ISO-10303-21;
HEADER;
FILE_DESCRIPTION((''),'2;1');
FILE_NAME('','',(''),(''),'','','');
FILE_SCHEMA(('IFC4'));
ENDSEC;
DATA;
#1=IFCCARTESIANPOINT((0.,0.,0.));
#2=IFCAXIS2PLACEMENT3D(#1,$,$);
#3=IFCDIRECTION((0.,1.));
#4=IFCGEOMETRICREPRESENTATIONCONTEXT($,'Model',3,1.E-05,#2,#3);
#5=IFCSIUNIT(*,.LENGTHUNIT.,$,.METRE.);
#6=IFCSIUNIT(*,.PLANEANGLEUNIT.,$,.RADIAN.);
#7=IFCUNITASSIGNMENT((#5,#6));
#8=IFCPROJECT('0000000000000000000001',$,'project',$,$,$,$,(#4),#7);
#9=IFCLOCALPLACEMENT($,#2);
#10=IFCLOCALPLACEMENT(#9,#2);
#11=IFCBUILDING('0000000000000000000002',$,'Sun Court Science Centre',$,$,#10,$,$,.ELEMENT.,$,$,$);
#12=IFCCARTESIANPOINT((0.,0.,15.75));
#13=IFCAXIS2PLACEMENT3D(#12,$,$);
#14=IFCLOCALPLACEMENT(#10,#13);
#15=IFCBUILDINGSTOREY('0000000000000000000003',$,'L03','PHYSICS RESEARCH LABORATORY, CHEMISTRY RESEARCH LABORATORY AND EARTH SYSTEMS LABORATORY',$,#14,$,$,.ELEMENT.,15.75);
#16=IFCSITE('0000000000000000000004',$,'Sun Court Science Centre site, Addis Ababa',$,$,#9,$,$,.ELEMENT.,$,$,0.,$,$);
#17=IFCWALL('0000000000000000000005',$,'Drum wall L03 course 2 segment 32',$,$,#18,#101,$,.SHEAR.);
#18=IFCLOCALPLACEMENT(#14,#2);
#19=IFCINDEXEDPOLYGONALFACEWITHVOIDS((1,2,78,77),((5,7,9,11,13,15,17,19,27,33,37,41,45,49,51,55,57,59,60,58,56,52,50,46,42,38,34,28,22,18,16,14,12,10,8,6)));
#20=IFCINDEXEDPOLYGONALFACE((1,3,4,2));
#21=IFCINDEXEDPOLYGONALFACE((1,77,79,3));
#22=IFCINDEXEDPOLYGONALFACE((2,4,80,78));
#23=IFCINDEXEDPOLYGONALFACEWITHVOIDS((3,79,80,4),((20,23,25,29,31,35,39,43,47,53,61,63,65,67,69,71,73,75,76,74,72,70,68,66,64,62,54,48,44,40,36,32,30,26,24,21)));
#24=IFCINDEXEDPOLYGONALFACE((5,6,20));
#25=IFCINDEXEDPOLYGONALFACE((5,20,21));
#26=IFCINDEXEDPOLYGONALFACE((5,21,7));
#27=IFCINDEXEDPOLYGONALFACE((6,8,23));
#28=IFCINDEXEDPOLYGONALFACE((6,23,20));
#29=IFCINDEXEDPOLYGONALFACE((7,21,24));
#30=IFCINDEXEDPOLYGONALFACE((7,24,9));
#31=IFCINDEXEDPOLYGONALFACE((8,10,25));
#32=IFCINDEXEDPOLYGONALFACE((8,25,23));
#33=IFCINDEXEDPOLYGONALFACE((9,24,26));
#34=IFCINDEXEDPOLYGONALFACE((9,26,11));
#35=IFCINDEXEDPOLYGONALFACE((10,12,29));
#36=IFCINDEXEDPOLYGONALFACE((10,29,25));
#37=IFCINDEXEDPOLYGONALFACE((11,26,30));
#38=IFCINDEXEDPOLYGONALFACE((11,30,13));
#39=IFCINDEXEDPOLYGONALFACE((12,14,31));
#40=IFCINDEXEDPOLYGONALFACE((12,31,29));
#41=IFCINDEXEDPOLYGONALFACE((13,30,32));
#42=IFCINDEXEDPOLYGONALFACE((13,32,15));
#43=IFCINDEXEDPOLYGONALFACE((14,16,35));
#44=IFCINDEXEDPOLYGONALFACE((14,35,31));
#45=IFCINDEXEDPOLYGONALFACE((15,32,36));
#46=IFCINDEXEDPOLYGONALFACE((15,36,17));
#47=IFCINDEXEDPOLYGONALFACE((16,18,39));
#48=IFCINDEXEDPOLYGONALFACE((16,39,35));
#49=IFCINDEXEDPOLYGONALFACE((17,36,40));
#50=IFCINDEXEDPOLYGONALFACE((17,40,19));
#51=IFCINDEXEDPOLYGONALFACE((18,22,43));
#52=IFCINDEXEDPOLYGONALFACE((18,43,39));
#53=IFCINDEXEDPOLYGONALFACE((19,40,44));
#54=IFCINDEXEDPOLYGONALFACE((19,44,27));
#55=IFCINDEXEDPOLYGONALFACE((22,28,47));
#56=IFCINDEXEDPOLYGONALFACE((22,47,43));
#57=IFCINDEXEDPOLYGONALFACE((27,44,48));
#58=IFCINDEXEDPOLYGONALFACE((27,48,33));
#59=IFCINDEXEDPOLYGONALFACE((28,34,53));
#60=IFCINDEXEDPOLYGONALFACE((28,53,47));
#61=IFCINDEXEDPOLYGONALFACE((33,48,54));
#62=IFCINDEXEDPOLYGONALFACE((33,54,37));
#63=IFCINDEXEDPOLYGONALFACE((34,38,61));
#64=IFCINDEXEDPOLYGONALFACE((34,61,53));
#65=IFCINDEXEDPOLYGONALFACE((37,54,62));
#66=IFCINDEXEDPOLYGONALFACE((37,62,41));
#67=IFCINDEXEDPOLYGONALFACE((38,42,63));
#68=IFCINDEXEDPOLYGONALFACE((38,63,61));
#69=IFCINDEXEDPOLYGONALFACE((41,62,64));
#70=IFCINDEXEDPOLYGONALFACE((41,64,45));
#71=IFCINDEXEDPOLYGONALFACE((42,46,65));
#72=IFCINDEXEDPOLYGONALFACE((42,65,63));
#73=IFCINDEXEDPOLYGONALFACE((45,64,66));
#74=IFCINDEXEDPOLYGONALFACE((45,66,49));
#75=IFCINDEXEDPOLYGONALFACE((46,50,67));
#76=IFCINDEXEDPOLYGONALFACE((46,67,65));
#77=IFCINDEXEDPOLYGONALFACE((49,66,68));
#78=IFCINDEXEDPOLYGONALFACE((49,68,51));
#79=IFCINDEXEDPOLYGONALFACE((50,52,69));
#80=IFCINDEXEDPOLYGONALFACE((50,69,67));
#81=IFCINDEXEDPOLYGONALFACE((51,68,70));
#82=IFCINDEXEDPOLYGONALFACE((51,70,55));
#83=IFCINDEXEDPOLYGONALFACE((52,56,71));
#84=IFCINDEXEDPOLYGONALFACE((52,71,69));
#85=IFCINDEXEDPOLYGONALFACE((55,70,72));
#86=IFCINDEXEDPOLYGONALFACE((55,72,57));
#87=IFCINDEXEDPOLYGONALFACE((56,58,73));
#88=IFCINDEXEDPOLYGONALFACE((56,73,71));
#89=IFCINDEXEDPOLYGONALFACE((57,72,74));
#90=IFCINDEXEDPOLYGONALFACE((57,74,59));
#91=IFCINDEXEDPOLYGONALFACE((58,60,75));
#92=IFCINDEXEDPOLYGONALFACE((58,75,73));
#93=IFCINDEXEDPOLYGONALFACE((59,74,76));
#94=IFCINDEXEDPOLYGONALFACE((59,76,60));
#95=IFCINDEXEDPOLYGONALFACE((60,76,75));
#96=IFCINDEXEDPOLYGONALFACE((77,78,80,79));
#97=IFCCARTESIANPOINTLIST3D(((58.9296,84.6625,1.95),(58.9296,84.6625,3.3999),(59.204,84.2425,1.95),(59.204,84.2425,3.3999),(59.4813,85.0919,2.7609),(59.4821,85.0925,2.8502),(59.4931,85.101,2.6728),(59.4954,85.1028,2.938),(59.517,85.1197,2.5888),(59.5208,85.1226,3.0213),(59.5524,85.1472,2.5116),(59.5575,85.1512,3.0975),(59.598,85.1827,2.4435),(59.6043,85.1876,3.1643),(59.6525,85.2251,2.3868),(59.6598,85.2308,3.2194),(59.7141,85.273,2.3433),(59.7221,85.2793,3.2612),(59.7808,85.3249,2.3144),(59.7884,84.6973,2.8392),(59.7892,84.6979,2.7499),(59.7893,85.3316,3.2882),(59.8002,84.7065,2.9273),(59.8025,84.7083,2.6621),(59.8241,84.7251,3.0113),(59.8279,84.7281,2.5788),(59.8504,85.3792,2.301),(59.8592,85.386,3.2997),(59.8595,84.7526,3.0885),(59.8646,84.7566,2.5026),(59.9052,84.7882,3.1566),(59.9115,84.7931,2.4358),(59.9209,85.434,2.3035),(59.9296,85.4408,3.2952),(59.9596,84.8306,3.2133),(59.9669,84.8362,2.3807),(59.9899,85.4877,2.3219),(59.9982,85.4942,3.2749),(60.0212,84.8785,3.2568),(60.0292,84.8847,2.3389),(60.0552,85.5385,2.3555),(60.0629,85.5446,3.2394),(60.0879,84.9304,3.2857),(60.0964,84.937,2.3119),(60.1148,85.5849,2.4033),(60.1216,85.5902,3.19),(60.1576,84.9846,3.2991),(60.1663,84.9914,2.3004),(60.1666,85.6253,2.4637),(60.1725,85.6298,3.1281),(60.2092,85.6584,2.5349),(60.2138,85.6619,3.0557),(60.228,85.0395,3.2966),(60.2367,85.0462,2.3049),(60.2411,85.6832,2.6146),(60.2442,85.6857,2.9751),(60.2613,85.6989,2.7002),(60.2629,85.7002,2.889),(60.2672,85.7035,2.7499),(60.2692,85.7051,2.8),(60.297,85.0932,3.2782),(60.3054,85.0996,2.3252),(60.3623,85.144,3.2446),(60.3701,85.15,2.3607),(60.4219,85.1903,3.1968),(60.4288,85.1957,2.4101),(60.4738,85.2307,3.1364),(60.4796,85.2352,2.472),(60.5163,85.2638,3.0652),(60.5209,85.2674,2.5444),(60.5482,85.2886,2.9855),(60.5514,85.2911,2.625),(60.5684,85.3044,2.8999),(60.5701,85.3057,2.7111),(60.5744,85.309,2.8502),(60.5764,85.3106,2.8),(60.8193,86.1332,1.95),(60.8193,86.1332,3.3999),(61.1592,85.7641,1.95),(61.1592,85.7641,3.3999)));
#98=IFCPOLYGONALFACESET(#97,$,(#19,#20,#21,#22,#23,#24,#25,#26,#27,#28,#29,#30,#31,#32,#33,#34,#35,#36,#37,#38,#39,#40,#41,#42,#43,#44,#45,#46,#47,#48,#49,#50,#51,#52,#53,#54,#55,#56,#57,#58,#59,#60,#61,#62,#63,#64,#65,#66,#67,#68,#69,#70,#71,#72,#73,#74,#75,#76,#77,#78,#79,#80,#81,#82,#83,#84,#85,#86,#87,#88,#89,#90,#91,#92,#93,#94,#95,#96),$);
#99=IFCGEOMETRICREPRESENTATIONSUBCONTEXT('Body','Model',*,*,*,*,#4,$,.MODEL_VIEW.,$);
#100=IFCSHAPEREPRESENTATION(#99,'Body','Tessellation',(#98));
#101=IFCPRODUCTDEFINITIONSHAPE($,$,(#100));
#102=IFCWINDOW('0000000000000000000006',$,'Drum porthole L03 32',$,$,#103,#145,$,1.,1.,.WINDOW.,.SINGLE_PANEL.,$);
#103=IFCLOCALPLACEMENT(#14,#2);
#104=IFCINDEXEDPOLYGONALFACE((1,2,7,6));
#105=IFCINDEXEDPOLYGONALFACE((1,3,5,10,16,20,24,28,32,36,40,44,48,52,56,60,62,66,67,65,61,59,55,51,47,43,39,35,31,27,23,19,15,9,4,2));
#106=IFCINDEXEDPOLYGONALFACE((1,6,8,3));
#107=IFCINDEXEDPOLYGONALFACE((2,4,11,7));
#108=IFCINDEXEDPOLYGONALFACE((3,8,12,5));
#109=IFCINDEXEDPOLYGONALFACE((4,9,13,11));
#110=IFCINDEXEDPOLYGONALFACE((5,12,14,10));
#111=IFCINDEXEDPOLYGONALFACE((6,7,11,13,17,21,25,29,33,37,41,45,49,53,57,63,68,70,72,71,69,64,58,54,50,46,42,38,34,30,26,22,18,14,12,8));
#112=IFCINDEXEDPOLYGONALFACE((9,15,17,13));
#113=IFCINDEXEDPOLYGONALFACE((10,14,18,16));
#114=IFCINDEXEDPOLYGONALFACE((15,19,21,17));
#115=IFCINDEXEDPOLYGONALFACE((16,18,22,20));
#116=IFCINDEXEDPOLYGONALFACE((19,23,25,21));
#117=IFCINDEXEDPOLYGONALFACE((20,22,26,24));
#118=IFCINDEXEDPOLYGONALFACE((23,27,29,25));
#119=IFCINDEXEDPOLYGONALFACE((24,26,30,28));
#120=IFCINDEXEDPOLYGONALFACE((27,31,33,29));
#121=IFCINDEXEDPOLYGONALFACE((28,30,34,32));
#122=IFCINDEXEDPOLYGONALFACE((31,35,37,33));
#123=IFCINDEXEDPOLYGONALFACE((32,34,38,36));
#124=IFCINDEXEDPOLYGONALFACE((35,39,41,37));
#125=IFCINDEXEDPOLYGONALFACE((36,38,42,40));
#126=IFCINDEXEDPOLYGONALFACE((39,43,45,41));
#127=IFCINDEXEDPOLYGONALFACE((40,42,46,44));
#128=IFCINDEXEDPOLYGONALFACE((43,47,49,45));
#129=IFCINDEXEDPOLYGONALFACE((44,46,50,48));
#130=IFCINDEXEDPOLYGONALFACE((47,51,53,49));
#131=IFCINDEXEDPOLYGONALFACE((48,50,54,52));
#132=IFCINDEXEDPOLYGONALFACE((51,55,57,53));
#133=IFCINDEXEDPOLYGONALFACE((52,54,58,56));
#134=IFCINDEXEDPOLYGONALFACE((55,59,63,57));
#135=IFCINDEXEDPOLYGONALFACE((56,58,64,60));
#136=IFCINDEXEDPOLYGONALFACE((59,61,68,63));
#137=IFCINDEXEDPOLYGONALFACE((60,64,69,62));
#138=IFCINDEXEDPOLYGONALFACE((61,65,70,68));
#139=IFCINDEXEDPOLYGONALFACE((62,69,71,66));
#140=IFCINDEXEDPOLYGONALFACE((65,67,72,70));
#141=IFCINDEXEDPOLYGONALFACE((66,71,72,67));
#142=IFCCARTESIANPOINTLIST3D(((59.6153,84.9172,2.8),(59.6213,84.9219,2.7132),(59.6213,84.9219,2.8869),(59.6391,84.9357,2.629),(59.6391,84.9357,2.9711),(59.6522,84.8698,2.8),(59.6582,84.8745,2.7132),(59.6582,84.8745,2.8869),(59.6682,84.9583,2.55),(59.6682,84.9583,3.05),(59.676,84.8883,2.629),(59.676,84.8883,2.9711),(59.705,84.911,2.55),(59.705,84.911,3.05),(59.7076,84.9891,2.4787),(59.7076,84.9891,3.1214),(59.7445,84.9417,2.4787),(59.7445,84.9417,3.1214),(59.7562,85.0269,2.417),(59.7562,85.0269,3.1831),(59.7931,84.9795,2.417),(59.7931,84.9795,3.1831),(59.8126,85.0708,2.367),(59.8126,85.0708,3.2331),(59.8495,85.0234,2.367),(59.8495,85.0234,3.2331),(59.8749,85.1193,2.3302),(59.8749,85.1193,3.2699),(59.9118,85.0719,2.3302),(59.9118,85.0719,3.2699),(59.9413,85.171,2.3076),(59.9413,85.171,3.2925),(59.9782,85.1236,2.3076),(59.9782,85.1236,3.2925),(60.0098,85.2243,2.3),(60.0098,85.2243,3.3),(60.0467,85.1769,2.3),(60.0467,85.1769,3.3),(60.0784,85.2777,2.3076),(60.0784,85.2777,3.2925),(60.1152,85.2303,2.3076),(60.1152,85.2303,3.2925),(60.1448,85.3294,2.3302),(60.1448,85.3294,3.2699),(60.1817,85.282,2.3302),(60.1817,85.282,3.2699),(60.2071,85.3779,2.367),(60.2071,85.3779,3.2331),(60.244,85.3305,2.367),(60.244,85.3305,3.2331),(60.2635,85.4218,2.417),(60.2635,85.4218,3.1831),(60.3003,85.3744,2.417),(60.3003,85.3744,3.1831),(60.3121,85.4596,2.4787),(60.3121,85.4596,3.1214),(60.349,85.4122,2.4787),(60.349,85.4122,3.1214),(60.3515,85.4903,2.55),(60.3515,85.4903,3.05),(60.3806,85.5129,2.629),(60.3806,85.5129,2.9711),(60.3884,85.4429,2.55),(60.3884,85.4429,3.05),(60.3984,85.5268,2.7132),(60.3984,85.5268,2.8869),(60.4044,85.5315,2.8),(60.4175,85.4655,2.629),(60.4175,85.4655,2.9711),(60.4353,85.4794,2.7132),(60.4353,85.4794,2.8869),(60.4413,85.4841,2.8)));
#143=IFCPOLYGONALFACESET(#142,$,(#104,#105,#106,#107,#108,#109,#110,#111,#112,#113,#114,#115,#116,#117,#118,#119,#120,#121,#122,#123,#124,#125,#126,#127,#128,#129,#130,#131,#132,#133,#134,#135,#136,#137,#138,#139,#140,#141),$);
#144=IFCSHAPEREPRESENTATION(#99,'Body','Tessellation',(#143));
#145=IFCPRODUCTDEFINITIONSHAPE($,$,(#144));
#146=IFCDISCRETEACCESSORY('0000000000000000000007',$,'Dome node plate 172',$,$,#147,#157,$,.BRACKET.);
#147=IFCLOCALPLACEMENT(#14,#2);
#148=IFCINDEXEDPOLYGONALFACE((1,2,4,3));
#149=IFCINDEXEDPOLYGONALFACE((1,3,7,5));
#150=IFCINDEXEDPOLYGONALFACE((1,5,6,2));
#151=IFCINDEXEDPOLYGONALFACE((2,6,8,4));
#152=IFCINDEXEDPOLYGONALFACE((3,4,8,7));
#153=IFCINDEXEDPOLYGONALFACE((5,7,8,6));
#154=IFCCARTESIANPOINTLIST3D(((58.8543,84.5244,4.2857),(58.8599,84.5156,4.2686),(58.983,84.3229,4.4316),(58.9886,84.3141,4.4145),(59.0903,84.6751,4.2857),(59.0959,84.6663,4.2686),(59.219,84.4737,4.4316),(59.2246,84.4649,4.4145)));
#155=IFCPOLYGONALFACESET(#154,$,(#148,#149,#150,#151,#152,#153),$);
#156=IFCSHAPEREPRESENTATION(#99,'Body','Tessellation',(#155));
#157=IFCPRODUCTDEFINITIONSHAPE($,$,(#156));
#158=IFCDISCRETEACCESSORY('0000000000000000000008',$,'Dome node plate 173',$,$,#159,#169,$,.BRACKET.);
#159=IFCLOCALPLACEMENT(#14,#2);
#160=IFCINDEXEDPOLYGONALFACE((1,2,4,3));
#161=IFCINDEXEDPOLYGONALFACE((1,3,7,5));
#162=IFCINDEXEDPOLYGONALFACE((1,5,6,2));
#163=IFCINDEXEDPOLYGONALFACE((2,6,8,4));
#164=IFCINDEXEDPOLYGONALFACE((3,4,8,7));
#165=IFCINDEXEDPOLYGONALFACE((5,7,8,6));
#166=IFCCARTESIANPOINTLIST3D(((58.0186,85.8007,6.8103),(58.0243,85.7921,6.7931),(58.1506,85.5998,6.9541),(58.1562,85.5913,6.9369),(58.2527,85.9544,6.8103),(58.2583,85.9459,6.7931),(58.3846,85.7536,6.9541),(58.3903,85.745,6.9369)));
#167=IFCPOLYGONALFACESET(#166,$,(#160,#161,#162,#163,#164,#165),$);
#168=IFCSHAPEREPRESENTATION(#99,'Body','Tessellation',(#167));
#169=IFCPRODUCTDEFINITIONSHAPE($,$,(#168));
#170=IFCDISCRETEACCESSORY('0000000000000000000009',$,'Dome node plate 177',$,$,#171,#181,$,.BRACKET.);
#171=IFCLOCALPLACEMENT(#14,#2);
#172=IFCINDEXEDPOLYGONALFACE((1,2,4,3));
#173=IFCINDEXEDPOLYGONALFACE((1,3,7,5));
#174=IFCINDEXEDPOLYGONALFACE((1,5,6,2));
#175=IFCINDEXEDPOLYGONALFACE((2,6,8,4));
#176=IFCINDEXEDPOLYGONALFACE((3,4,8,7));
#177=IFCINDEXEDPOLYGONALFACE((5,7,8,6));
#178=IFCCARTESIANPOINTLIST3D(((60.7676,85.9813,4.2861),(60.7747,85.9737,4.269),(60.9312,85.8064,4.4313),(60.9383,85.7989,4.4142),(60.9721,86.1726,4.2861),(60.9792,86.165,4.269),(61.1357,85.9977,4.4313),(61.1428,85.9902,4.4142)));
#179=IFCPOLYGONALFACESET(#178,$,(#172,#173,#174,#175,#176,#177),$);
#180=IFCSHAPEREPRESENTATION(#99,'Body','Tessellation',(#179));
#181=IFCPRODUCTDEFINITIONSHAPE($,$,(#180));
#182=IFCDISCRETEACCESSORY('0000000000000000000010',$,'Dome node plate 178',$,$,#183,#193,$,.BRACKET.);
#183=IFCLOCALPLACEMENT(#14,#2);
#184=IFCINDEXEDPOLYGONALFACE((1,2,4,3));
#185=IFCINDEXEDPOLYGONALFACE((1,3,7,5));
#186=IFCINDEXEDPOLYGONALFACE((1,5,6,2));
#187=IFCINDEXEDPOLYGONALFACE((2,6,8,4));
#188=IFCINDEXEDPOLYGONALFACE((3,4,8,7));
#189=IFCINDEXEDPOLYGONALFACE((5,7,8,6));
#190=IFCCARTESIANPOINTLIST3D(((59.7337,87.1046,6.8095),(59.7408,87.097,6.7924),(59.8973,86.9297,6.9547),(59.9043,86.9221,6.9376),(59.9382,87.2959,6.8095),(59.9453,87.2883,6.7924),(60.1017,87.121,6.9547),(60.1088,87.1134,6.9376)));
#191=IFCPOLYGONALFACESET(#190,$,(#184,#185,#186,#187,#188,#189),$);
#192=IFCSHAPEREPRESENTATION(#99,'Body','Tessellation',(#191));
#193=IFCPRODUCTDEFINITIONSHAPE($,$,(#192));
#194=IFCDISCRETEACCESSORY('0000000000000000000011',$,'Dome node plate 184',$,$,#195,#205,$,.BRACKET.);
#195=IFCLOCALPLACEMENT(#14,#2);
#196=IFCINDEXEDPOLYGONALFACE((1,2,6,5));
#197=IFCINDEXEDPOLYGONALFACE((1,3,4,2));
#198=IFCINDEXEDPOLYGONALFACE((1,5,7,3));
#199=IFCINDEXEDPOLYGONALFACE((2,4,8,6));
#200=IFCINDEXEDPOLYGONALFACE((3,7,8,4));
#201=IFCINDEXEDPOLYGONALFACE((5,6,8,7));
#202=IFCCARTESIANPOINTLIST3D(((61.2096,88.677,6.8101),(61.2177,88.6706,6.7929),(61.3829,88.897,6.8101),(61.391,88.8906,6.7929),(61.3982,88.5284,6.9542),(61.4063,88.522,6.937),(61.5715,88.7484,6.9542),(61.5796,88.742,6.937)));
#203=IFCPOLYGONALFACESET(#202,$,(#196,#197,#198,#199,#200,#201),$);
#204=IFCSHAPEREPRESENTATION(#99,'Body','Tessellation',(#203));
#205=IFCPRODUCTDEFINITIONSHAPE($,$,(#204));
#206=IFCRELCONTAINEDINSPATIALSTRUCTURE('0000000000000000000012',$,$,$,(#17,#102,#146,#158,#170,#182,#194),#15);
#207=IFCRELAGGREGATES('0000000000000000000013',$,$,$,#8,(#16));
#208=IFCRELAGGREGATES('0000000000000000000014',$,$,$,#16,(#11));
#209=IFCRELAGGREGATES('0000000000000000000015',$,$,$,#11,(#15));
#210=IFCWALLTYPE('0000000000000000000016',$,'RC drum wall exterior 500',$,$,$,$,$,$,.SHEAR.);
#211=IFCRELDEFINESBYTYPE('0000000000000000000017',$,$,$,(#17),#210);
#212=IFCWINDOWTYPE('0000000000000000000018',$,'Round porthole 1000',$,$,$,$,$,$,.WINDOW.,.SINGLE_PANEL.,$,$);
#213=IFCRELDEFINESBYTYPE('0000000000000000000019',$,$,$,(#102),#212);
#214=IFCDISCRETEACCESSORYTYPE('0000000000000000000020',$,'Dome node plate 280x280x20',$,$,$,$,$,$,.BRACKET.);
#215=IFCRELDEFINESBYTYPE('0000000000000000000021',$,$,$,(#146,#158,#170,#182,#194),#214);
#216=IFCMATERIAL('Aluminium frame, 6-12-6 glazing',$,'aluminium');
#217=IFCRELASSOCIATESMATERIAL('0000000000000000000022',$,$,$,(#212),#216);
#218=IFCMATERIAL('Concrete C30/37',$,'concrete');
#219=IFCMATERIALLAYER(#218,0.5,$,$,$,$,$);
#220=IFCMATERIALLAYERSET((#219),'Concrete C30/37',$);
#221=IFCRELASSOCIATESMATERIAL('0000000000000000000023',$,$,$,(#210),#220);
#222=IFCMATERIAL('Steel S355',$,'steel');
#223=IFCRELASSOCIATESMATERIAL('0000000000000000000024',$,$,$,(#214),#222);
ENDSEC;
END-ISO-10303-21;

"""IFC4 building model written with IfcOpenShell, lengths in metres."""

from ifc_helpers import new_model, si_unit, direction, frame, frame_2d, origin, origin_2d, place, context, subcontext, project, spatial, polyline, rectangle, circle, outline, extrude, material, layer, layer_set, material_profile, profile_set, type_object, element, fill, save


model = new_model("IFC4")

# Units and contexts
model_context = context("Model", 3, precision=1e-05, world=origin(), true_north=direction((0.0, 1.0)))
body_context = subcontext(model_context, "Body", "Model", "MODEL_VIEW")
ifc_project = project(units=[si_unit("LENGTHUNIT", "METRE"), si_unit("PLANEANGLEUNIT", "RADIAN")], contexts=[model_context])

# Site, building, storey
site_placement = place(None, origin())
site = spatial("IfcSite", under=ifc_project, at=site_placement, Name="Sun Court Science Centre site, Addis Ababa", CompositionType="ELEMENT", RefElevation=0.0)
building_placement = place(site_placement, origin())
building = spatial("IfcBuilding", under=site, at=building_placement, Name="Sun Court Science Centre", CompositionType="ELEMENT")
storey_placement = place(building_placement, frame((0.0, 0.0, 15.75)))
storey = spatial("IfcBuildingStorey", under=building, at=storey_placement, Name="L03", Description="PHYSICS RESEARCH LABORATORY, CHEMISTRY RESEARCH LABORATORY AND EARTH SYSTEMS LABORATORY", CompositionType="ELEMENT", Elevation=15.75)

# Shared definitions
ifc_material_1 = material(Name="Aluminium frame, 6-12-6 glazing", Category="aluminium")
window_type = type_object("IfcWindowType", Name="Round porthole 1000", PartitioningType="SINGLE_PANEL", PredefinedType="WINDOW", material=ifc_material_1)

# Wall, opening, window
ifc_material_2 = material(Name="Concrete C30/37", Category="concrete")
ifc_layer_1 = layer(ifc_material_2, 0.5)
ifc_layer_set_1 = layer_set([ifc_layer_1], Name="Concrete C30/37")
wall_type_1 = type_object("IfcWallType", Name="RC drum wall exterior 500", PredefinedType="SHEAR", material=ifc_layer_set_1)
wall_1_placement = place(storey_placement, frame((59.0508, 84.4397, 1.95), z_axis=(0.0, 0.0, 1.0), x_axis=(0.789097, 0.614268, 0.0)))
wall_1 = element("IfcWall", 1, at=wall_1_placement, inside=storey, type_object=wall_type_1, Name="Drum wall L03 course 2 segment 32", PredefinedType="SHEAR", context=body_context, shape_type="SweptSolid", body=[
    extrude(outline(polyline([(-0.0002, -0.2498), (2.4773, -0.25), (2.4358, 0.25), (0.0413, 0.2502), (-0.0002, -0.2498)])), origin(), (0.0, 0.0, 1.0), 1.45),
])
opening_1_placement = place(wall_1_placement, frame((0.7388, 0.0, 0.3501)))
opening_1 = element("IfcOpeningElement", 2, at=opening_1_placement, cuts=wall_1, PredefinedType="OPENING", context=body_context, shape_type="SweptSolid", body=[
    extrude(circle(Radius=0.5, at=frame_2d((0.5, 0.5))), frame((0.0, 0.26, 0.0), z_axis=(0.0, -1.0, 0.0), x_axis=(1.0, 0.0, 0.0)), (0.0, 0.0, 1.0), 0.52),
])
window_1_placement = place(opening_1_placement, origin())
window_1 = element("IfcWindow", 3, at=window_1_placement, inside=storey, type_object=window_type, Name="Drum porthole L03 32", OverallHeight=1.0, OverallWidth=1.0, PartitioningType="SINGLE_PANEL", PredefinedType="WINDOW", context=body_context, shape_type="SweptSolid", body=[
    extrude(circle(Radius=0.5, at=frame_2d((0.5, 0.5))), frame((0.0, 0.03, 0.0), z_axis=(0.0, -1.0, 0.0), x_axis=(1.0, 0.0, 0.0)), (0.0, 0.0, 1.0), 0.0601),
])
fill(opening_1, window_1)

# Discrete accessories
ifc_material_3 = material(Name="Steel S355", Category="steel")
ifc_material_profile_1 = material_profile(ifc_material_3, rectangle(XDim=0.28, YDim=0.28, at=origin_2d()), Name="PL 280x280")
ifc_profile_set_1 = profile_set([ifc_material_profile_1], Name="Steel S355")
discrete_accessory_type = type_object("IfcDiscreteAccessoryType", Name="Dome node plate 280x280x20", PredefinedType="BRACKET", material=ifc_profile_set_1)
for number, where, z_axis, x_axis, name in (
    (4, (59.0422, 84.4902, 4.3416), (-0.280467, 0.438992, 0.853595), (-0.842696, -0.538389, 0.0), "Dome node plate 172"),
    (5, (58.2073, 85.7686, 6.865), (-0.281959, 0.429069, 0.858137), (-0.835705, -0.549178, 0.0), "Dome node plate 173"),
    (6, (60.9587, 85.9819, 4.3416), (-0.354239, 0.378669, 0.855058), (-0.730271, -0.683157, 0.0), "Dome node plate 177"),
    (7, (59.9248, 87.1052, 6.865), (-0.354239, 0.378669, 0.855058), (-0.730271, -0.683157, 0.0), "Dome node plate 178"),
    (8, (61.3987, 88.7063, 6.865), (-0.404216, 0.318473, 0.857429), (-0.618872, -0.785492, 0.0), "Dome node plate 184"),
):
    element("IfcDiscreteAccessory", number, at=place(storey_placement, frame(where, z_axis=z_axis, x_axis=x_axis)), inside=storey, type_object=discrete_accessory_type, Name=name, PredefinedType="BRACKET", context=body_context, shape_type="SweptSolid", body=[
        extrude(rectangle(XDim=0.28, YDim=0.28, at=origin_2d()), origin(), (0.0, 0.0, 1.0), 0.02),
    ])

save(model, "model.ifc")
